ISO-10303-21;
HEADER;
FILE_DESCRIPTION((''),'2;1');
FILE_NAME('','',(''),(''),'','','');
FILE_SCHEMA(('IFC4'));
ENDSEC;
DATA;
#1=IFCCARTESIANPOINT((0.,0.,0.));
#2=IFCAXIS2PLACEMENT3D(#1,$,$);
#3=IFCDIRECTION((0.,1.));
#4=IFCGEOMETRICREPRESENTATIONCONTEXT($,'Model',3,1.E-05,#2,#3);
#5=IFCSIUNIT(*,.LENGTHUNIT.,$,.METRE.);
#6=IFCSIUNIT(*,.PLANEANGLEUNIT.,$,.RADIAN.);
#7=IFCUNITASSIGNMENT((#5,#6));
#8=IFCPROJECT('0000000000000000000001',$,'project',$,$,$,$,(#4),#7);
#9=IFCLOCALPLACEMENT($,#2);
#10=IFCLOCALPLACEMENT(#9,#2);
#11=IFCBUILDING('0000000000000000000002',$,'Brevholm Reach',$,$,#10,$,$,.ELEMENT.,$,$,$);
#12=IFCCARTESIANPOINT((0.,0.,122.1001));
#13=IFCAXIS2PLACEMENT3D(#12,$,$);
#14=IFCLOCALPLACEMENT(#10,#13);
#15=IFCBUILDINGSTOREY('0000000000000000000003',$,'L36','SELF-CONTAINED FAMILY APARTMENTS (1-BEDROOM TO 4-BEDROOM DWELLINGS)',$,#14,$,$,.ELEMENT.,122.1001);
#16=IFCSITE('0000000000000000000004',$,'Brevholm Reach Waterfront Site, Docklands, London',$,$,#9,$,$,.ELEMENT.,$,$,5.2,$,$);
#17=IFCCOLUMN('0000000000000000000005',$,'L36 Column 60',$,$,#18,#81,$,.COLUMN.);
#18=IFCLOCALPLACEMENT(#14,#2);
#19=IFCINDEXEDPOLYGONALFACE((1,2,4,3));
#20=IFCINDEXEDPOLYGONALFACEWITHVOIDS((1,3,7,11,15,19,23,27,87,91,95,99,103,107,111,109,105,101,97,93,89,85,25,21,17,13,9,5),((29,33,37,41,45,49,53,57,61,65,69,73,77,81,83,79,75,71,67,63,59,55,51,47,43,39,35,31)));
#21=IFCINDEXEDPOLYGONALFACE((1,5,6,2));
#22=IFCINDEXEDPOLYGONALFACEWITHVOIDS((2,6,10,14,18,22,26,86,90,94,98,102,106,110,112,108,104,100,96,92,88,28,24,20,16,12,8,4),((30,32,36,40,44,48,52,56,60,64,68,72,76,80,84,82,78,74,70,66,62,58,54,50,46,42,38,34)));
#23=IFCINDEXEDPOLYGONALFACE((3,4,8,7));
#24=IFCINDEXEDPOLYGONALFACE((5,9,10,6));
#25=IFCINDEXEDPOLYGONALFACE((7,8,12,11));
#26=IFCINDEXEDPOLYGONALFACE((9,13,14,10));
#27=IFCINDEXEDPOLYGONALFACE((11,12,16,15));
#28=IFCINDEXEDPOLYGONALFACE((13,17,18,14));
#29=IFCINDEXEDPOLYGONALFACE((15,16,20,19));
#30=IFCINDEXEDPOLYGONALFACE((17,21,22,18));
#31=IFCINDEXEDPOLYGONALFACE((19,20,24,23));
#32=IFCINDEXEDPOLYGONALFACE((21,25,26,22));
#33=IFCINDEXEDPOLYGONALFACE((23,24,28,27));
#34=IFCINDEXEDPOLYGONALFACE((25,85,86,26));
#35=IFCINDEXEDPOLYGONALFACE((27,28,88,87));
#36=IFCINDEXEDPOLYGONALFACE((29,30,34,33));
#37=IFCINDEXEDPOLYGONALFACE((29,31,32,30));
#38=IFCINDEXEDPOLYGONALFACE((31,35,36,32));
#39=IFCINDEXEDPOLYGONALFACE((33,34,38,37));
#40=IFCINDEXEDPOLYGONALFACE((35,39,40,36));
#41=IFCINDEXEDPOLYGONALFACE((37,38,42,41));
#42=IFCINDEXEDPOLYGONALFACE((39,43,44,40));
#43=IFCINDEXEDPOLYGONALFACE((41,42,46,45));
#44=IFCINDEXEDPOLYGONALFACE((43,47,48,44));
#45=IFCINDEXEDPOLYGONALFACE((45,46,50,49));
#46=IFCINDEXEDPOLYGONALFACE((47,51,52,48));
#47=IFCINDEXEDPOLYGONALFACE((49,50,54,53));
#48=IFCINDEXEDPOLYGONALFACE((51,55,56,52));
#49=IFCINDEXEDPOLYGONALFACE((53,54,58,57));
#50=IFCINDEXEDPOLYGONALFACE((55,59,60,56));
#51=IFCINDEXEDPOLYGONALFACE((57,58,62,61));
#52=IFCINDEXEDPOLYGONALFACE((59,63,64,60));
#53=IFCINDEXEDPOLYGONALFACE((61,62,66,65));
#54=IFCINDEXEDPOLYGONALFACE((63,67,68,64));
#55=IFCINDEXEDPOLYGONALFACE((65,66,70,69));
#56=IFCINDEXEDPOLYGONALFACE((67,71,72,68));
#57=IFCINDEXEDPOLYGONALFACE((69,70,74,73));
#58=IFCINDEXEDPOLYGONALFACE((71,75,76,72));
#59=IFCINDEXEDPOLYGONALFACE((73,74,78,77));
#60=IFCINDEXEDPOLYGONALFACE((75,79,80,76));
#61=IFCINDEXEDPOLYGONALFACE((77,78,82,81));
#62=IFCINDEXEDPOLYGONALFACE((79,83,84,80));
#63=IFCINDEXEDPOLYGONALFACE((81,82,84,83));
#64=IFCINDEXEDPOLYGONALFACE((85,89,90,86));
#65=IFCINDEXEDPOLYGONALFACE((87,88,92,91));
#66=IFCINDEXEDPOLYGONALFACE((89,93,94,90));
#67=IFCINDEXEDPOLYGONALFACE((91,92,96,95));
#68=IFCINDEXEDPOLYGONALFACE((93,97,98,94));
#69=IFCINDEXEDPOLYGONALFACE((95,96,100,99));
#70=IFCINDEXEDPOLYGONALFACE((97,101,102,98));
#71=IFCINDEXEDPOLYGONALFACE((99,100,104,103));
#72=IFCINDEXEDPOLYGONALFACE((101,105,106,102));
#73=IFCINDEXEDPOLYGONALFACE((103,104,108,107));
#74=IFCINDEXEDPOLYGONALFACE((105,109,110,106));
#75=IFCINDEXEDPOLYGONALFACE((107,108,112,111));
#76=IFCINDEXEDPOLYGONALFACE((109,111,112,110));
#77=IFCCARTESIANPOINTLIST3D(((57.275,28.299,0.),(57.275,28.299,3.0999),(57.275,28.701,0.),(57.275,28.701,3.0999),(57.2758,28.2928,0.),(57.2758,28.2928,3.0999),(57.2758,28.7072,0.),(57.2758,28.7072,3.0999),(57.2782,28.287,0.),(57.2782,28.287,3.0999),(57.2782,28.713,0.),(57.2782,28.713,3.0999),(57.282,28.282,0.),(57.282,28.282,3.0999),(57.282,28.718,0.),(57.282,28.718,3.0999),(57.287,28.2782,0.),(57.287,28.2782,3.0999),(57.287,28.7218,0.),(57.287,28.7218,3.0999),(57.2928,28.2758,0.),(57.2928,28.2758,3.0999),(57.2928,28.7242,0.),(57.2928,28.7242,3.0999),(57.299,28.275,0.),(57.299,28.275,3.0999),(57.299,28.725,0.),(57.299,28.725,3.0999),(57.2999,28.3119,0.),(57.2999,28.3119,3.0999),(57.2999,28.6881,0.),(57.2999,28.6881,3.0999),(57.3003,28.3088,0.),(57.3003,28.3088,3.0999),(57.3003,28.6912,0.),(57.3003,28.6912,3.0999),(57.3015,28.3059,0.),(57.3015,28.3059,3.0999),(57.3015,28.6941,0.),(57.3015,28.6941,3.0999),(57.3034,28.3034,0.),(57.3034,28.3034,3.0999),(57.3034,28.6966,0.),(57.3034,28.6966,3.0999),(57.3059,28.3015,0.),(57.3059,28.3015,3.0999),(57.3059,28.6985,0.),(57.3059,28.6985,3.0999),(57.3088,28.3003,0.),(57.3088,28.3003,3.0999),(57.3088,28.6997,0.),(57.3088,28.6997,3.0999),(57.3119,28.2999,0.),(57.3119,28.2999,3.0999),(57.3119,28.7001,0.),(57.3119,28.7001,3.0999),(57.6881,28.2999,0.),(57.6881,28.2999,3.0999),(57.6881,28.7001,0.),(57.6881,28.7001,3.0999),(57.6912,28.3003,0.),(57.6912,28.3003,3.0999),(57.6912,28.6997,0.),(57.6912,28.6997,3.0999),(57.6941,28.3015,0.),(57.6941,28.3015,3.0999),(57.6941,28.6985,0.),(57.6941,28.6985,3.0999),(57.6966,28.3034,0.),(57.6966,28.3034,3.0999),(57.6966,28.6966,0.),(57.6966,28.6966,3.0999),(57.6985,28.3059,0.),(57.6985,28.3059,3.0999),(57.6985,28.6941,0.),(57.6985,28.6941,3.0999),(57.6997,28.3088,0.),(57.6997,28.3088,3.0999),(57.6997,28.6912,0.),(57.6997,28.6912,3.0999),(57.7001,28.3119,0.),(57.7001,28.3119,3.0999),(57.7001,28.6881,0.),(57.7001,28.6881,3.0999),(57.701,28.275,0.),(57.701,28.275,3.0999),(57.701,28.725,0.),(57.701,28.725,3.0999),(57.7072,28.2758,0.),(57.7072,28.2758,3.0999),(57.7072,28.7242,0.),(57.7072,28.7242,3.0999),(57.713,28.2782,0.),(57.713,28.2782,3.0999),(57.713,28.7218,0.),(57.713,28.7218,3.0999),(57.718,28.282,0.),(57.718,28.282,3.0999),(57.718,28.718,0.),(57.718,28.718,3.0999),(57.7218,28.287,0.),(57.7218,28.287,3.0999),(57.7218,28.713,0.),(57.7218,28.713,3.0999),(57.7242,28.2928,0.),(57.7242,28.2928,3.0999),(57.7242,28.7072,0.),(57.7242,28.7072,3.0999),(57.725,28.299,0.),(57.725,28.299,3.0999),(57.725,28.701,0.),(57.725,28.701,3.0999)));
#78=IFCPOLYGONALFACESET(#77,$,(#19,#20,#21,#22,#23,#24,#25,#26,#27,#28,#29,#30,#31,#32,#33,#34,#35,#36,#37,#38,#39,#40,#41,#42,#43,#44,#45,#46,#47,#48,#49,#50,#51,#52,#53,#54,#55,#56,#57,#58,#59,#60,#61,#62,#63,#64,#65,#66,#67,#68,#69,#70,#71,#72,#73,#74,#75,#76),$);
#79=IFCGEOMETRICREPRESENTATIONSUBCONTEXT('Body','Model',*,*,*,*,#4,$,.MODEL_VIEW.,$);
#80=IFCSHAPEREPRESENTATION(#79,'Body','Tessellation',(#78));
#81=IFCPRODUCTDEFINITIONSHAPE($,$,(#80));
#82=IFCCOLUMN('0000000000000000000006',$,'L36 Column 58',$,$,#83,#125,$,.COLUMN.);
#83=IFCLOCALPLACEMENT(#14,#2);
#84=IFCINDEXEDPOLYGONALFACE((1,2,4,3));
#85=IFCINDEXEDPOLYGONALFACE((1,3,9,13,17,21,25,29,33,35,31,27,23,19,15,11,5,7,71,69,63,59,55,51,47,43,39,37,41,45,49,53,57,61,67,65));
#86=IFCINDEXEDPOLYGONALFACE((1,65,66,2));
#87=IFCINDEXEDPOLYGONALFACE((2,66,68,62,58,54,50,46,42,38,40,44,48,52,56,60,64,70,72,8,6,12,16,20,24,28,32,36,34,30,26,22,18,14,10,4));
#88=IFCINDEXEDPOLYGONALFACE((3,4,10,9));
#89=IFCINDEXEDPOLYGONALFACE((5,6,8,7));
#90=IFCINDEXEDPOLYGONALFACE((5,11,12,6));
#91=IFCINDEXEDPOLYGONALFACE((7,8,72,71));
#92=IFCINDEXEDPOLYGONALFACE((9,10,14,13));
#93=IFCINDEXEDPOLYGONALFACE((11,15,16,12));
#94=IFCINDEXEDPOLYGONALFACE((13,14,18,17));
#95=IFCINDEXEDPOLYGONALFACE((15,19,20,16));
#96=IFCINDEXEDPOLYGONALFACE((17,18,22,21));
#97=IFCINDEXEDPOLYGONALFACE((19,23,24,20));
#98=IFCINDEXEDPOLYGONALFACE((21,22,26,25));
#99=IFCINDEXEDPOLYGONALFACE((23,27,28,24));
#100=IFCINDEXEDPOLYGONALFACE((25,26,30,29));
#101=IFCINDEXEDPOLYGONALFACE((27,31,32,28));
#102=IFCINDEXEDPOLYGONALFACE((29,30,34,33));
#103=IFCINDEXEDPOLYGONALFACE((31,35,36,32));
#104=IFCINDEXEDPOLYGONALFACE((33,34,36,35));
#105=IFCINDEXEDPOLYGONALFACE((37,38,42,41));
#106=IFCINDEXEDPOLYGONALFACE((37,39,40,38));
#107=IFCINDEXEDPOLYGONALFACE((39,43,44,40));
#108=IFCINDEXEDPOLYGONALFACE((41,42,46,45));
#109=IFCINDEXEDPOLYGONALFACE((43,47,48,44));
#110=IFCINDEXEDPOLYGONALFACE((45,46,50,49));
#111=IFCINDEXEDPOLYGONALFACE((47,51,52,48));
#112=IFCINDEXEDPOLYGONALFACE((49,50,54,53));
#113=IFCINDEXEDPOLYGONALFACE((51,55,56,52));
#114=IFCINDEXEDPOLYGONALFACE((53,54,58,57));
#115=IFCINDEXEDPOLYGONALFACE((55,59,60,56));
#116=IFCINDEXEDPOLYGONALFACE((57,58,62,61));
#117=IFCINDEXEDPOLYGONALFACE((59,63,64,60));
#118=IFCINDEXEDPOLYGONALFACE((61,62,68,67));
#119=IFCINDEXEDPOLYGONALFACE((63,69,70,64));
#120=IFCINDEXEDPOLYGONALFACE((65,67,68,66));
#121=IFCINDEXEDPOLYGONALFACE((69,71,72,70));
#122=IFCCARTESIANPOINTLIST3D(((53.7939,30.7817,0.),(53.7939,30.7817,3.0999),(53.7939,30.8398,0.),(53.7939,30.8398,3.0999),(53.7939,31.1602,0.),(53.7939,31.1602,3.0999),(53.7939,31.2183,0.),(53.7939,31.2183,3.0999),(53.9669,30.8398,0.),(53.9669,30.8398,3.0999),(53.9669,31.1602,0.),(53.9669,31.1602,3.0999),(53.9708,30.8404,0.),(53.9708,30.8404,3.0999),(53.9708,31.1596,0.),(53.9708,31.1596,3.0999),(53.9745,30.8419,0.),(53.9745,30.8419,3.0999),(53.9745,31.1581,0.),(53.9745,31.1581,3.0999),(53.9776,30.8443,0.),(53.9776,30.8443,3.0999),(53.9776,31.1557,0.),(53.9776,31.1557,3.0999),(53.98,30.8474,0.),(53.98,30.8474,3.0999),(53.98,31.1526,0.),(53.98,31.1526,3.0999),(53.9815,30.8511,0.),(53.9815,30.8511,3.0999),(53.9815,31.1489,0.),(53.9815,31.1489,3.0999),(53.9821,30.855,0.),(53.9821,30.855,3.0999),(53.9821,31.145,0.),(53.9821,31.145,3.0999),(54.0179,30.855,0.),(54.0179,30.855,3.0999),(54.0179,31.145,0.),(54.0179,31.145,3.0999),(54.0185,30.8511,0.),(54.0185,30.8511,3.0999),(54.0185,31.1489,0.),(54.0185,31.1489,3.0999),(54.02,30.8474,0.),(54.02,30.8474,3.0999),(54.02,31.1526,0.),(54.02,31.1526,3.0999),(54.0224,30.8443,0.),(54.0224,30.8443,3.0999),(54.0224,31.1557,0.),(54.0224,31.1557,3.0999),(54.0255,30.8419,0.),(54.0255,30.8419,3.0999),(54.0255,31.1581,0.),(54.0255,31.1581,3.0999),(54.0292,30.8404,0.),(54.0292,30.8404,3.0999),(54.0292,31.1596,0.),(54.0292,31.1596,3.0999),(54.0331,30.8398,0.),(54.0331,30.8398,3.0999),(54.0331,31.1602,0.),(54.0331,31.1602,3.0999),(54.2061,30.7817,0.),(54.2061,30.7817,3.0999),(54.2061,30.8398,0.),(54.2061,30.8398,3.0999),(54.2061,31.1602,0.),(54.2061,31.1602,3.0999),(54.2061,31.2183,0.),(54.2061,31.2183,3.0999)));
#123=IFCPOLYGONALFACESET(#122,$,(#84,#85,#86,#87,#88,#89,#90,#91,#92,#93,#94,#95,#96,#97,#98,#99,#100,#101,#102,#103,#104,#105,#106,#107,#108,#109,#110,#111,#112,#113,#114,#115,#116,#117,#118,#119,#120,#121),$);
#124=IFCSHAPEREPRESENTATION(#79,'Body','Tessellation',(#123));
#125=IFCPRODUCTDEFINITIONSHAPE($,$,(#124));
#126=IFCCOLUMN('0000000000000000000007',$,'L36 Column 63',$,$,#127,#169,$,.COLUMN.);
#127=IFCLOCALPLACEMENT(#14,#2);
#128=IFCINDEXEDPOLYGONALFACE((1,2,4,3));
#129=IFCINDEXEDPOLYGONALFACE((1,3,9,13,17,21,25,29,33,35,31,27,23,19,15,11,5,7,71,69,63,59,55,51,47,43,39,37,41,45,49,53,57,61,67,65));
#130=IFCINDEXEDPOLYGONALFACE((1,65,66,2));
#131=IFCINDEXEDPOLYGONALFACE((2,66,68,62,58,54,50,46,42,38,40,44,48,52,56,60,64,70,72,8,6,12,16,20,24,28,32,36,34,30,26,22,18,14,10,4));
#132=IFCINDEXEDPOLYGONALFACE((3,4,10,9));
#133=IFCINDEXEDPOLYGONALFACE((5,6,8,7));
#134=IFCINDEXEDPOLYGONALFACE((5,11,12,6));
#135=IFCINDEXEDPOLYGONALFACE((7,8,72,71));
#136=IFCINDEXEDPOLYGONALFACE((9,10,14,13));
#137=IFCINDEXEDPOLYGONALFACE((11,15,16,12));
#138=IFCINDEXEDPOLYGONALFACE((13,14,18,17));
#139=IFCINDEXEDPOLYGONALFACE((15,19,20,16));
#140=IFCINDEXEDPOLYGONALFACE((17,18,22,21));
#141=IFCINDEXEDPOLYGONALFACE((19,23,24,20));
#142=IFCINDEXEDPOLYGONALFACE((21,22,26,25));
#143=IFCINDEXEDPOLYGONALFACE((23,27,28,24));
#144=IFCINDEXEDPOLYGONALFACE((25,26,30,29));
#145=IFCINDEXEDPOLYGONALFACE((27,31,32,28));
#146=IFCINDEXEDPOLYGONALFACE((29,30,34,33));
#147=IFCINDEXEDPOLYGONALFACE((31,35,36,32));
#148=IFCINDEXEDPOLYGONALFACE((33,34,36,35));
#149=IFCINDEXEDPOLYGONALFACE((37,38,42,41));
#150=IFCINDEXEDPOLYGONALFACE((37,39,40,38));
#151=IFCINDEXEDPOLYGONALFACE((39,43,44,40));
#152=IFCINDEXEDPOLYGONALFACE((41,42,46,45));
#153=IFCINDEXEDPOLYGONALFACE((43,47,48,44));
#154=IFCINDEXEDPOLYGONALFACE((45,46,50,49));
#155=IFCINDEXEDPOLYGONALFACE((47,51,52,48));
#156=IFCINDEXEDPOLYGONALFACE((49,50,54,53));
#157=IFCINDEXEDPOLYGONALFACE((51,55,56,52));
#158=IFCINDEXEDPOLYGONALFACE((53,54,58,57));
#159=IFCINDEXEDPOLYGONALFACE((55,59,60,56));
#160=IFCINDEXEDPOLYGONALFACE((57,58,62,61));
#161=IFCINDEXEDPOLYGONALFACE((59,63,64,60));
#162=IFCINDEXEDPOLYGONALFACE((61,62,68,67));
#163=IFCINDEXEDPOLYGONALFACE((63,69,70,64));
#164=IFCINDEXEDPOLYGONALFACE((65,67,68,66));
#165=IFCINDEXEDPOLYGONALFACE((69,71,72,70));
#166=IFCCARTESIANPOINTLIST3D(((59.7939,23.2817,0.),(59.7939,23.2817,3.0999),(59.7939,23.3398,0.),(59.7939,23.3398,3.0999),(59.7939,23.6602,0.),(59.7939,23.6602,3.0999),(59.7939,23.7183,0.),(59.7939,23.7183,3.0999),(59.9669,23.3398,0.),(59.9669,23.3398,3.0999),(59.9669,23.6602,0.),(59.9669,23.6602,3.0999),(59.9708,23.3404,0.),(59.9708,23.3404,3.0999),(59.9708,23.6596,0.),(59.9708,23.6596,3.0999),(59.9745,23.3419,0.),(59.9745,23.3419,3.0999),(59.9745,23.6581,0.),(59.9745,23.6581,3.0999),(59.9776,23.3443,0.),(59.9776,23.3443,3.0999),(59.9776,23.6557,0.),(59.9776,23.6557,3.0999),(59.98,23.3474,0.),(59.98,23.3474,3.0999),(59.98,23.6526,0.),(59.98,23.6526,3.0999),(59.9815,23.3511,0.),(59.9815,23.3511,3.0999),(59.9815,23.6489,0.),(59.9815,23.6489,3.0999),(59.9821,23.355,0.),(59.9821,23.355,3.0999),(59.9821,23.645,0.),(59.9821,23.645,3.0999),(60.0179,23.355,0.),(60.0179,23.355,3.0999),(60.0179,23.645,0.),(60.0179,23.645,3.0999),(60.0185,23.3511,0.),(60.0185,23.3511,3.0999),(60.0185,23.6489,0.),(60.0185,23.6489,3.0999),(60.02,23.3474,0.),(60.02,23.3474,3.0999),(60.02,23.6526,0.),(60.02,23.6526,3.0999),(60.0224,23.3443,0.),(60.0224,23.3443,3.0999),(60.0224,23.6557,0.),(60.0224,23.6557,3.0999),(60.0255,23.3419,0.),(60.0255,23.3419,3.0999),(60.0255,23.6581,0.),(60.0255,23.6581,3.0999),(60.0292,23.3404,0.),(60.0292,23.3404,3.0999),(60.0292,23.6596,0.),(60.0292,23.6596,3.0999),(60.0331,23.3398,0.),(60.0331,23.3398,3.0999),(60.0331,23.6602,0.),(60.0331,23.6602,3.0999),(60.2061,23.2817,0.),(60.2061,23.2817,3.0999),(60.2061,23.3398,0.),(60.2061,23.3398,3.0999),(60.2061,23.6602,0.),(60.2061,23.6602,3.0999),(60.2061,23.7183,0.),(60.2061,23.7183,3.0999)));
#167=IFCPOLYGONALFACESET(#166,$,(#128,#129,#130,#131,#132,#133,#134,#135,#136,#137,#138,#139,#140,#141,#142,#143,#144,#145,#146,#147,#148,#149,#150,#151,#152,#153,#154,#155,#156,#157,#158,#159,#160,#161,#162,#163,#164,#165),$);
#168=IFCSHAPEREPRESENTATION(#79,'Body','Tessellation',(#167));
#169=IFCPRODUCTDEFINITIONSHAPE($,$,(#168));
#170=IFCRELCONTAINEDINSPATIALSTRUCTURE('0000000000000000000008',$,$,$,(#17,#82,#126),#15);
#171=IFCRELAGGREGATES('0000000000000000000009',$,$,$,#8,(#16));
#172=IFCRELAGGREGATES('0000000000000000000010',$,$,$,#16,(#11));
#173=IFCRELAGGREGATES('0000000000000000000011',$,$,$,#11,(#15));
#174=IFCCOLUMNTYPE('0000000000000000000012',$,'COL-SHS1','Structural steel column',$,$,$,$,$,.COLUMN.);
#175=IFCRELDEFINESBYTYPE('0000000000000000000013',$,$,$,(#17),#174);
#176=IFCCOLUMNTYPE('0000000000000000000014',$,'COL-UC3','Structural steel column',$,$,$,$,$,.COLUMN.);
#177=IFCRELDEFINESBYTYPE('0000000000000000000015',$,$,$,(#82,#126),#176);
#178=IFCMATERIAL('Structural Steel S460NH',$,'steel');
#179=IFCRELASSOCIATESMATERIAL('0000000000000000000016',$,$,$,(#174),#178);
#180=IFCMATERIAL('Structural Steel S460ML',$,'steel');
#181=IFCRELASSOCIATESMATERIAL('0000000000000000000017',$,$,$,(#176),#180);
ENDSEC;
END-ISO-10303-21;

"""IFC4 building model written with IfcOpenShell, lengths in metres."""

from ifc_helpers import new_model, si_unit, direction, frame, origin, origin_2d, place, context, subcontext, project, spatial, hollow_rectangle, i_section, extrude, material, material_profile, profile_set, type_object, element, save


model = new_model("IFC4")

# Units and contexts
model_context = context("Model", 3, precision=1e-05, world=origin(), true_north=direction((0.0, 1.0)))
body_context = subcontext(model_context, "Body", "Model", "MODEL_VIEW")
ifc_project = project(units=[si_unit("LENGTHUNIT", "METRE"), si_unit("PLANEANGLEUNIT", "RADIAN")], contexts=[model_context])

# Site, building, storey
site_placement = place(None, origin())
site = spatial("IfcSite", under=ifc_project, at=site_placement, Name="Brevholm Reach Waterfront Site, Docklands, London", CompositionType="ELEMENT", RefElevation=5.2)
building_placement = place(site_placement, origin())
building = spatial("IfcBuilding", under=site, at=building_placement, Name="Brevholm Reach", CompositionType="ELEMENT")
storey_placement = place(building_placement, frame((0.0, 0.0, 122.1001)))
storey = spatial("IfcBuildingStorey", under=building, at=storey_placement, Name="L36", Description="SELF-CONTAINED FAMILY APARTMENTS (1-BEDROOM TO 4-BEDROOM DWELLINGS)", CompositionType="ELEMENT", Elevation=122.1001)

# Columns
ifc_material_1 = material(Name="Structural Steel S460NH", Category="steel")
ifc_material_profile_1 = material_profile(ifc_material_1, hollow_rectangle(XDim=0.45, YDim=0.45, WallThickness=0.0249, InnerFilletRadius=0.012, OuterFilletRadius=0.0239, at=origin_2d()), Name="SHS 450x450x25")
ifc_profile_set_1 = profile_set([ifc_material_profile_1], Name="Structural Steel S460NH")
column_type_1 = type_object("IfcColumnType", Name="COL-SHS1", Description="Structural steel column", PredefinedType="COLUMN", material=ifc_profile_set_1)
column_1_placement = place(storey_placement, frame((57.5, 28.5, 0.0), z_axis=(0.0, 0.0, 1.0), x_axis=(1.0, 0.0, 0.0)))
element("IfcColumn", 1, at=column_1_placement, inside=storey, type_object=column_type_1, Name="L36 Column 60", PredefinedType="COLUMN", context=body_context, shape_type="SweptSolid", body=[
    extrude(hollow_rectangle(XDim=0.45, YDim=0.45, WallThickness=0.0249, InnerFilletRadius=0.012, OuterFilletRadius=0.0239, at=origin_2d()), origin(), (0.0, 0.0, 1.0), 3.0999),
])
ifc_material_2 = material(Name="Structural Steel S460ML", Category="steel")
ifc_material_profile_2 = material_profile(ifc_material_2, i_section(OverallWidth=0.4121, OverallDepth=0.4365, WebThickness=0.0359, FlangeThickness=0.0581, FilletRadius=0.0151, at=origin_2d()), Name="UKC 356x406x467")
ifc_profile_set_2 = profile_set([ifc_material_profile_2], Name="Structural Steel S460ML")
column_type_2 = type_object("IfcColumnType", Name="COL-UC3", Description="Structural steel column", PredefinedType="COLUMN", material=ifc_profile_set_2)
for number, where, z_axis, x_axis, name in (
    (2, (54.0, 31.0, 0.0), (0.0, 0.0, 1.0), (1.0, 0.0, 0.0), "L36 Column 58"),
    (3, (60.0, 23.5, 0.0), (0.0, 0.0, 1.0), (1.0, 0.0, 0.0), "L36 Column 63"),
):
    element("IfcColumn", number, at=place(storey_placement, frame(where, z_axis=z_axis, x_axis=x_axis)), inside=storey, type_object=column_type_2, Name=name, PredefinedType="COLUMN", context=body_context, shape_type="SweptSolid", body=[
        extrude(i_section(OverallWidth=0.4121, OverallDepth=0.4365, WebThickness=0.0359, FlangeThickness=0.0581, FilletRadius=0.0151, at=origin_2d()), origin(), (0.0, 0.0, 1.0), 3.0999),
    ])

save(model, "model.ifc")
